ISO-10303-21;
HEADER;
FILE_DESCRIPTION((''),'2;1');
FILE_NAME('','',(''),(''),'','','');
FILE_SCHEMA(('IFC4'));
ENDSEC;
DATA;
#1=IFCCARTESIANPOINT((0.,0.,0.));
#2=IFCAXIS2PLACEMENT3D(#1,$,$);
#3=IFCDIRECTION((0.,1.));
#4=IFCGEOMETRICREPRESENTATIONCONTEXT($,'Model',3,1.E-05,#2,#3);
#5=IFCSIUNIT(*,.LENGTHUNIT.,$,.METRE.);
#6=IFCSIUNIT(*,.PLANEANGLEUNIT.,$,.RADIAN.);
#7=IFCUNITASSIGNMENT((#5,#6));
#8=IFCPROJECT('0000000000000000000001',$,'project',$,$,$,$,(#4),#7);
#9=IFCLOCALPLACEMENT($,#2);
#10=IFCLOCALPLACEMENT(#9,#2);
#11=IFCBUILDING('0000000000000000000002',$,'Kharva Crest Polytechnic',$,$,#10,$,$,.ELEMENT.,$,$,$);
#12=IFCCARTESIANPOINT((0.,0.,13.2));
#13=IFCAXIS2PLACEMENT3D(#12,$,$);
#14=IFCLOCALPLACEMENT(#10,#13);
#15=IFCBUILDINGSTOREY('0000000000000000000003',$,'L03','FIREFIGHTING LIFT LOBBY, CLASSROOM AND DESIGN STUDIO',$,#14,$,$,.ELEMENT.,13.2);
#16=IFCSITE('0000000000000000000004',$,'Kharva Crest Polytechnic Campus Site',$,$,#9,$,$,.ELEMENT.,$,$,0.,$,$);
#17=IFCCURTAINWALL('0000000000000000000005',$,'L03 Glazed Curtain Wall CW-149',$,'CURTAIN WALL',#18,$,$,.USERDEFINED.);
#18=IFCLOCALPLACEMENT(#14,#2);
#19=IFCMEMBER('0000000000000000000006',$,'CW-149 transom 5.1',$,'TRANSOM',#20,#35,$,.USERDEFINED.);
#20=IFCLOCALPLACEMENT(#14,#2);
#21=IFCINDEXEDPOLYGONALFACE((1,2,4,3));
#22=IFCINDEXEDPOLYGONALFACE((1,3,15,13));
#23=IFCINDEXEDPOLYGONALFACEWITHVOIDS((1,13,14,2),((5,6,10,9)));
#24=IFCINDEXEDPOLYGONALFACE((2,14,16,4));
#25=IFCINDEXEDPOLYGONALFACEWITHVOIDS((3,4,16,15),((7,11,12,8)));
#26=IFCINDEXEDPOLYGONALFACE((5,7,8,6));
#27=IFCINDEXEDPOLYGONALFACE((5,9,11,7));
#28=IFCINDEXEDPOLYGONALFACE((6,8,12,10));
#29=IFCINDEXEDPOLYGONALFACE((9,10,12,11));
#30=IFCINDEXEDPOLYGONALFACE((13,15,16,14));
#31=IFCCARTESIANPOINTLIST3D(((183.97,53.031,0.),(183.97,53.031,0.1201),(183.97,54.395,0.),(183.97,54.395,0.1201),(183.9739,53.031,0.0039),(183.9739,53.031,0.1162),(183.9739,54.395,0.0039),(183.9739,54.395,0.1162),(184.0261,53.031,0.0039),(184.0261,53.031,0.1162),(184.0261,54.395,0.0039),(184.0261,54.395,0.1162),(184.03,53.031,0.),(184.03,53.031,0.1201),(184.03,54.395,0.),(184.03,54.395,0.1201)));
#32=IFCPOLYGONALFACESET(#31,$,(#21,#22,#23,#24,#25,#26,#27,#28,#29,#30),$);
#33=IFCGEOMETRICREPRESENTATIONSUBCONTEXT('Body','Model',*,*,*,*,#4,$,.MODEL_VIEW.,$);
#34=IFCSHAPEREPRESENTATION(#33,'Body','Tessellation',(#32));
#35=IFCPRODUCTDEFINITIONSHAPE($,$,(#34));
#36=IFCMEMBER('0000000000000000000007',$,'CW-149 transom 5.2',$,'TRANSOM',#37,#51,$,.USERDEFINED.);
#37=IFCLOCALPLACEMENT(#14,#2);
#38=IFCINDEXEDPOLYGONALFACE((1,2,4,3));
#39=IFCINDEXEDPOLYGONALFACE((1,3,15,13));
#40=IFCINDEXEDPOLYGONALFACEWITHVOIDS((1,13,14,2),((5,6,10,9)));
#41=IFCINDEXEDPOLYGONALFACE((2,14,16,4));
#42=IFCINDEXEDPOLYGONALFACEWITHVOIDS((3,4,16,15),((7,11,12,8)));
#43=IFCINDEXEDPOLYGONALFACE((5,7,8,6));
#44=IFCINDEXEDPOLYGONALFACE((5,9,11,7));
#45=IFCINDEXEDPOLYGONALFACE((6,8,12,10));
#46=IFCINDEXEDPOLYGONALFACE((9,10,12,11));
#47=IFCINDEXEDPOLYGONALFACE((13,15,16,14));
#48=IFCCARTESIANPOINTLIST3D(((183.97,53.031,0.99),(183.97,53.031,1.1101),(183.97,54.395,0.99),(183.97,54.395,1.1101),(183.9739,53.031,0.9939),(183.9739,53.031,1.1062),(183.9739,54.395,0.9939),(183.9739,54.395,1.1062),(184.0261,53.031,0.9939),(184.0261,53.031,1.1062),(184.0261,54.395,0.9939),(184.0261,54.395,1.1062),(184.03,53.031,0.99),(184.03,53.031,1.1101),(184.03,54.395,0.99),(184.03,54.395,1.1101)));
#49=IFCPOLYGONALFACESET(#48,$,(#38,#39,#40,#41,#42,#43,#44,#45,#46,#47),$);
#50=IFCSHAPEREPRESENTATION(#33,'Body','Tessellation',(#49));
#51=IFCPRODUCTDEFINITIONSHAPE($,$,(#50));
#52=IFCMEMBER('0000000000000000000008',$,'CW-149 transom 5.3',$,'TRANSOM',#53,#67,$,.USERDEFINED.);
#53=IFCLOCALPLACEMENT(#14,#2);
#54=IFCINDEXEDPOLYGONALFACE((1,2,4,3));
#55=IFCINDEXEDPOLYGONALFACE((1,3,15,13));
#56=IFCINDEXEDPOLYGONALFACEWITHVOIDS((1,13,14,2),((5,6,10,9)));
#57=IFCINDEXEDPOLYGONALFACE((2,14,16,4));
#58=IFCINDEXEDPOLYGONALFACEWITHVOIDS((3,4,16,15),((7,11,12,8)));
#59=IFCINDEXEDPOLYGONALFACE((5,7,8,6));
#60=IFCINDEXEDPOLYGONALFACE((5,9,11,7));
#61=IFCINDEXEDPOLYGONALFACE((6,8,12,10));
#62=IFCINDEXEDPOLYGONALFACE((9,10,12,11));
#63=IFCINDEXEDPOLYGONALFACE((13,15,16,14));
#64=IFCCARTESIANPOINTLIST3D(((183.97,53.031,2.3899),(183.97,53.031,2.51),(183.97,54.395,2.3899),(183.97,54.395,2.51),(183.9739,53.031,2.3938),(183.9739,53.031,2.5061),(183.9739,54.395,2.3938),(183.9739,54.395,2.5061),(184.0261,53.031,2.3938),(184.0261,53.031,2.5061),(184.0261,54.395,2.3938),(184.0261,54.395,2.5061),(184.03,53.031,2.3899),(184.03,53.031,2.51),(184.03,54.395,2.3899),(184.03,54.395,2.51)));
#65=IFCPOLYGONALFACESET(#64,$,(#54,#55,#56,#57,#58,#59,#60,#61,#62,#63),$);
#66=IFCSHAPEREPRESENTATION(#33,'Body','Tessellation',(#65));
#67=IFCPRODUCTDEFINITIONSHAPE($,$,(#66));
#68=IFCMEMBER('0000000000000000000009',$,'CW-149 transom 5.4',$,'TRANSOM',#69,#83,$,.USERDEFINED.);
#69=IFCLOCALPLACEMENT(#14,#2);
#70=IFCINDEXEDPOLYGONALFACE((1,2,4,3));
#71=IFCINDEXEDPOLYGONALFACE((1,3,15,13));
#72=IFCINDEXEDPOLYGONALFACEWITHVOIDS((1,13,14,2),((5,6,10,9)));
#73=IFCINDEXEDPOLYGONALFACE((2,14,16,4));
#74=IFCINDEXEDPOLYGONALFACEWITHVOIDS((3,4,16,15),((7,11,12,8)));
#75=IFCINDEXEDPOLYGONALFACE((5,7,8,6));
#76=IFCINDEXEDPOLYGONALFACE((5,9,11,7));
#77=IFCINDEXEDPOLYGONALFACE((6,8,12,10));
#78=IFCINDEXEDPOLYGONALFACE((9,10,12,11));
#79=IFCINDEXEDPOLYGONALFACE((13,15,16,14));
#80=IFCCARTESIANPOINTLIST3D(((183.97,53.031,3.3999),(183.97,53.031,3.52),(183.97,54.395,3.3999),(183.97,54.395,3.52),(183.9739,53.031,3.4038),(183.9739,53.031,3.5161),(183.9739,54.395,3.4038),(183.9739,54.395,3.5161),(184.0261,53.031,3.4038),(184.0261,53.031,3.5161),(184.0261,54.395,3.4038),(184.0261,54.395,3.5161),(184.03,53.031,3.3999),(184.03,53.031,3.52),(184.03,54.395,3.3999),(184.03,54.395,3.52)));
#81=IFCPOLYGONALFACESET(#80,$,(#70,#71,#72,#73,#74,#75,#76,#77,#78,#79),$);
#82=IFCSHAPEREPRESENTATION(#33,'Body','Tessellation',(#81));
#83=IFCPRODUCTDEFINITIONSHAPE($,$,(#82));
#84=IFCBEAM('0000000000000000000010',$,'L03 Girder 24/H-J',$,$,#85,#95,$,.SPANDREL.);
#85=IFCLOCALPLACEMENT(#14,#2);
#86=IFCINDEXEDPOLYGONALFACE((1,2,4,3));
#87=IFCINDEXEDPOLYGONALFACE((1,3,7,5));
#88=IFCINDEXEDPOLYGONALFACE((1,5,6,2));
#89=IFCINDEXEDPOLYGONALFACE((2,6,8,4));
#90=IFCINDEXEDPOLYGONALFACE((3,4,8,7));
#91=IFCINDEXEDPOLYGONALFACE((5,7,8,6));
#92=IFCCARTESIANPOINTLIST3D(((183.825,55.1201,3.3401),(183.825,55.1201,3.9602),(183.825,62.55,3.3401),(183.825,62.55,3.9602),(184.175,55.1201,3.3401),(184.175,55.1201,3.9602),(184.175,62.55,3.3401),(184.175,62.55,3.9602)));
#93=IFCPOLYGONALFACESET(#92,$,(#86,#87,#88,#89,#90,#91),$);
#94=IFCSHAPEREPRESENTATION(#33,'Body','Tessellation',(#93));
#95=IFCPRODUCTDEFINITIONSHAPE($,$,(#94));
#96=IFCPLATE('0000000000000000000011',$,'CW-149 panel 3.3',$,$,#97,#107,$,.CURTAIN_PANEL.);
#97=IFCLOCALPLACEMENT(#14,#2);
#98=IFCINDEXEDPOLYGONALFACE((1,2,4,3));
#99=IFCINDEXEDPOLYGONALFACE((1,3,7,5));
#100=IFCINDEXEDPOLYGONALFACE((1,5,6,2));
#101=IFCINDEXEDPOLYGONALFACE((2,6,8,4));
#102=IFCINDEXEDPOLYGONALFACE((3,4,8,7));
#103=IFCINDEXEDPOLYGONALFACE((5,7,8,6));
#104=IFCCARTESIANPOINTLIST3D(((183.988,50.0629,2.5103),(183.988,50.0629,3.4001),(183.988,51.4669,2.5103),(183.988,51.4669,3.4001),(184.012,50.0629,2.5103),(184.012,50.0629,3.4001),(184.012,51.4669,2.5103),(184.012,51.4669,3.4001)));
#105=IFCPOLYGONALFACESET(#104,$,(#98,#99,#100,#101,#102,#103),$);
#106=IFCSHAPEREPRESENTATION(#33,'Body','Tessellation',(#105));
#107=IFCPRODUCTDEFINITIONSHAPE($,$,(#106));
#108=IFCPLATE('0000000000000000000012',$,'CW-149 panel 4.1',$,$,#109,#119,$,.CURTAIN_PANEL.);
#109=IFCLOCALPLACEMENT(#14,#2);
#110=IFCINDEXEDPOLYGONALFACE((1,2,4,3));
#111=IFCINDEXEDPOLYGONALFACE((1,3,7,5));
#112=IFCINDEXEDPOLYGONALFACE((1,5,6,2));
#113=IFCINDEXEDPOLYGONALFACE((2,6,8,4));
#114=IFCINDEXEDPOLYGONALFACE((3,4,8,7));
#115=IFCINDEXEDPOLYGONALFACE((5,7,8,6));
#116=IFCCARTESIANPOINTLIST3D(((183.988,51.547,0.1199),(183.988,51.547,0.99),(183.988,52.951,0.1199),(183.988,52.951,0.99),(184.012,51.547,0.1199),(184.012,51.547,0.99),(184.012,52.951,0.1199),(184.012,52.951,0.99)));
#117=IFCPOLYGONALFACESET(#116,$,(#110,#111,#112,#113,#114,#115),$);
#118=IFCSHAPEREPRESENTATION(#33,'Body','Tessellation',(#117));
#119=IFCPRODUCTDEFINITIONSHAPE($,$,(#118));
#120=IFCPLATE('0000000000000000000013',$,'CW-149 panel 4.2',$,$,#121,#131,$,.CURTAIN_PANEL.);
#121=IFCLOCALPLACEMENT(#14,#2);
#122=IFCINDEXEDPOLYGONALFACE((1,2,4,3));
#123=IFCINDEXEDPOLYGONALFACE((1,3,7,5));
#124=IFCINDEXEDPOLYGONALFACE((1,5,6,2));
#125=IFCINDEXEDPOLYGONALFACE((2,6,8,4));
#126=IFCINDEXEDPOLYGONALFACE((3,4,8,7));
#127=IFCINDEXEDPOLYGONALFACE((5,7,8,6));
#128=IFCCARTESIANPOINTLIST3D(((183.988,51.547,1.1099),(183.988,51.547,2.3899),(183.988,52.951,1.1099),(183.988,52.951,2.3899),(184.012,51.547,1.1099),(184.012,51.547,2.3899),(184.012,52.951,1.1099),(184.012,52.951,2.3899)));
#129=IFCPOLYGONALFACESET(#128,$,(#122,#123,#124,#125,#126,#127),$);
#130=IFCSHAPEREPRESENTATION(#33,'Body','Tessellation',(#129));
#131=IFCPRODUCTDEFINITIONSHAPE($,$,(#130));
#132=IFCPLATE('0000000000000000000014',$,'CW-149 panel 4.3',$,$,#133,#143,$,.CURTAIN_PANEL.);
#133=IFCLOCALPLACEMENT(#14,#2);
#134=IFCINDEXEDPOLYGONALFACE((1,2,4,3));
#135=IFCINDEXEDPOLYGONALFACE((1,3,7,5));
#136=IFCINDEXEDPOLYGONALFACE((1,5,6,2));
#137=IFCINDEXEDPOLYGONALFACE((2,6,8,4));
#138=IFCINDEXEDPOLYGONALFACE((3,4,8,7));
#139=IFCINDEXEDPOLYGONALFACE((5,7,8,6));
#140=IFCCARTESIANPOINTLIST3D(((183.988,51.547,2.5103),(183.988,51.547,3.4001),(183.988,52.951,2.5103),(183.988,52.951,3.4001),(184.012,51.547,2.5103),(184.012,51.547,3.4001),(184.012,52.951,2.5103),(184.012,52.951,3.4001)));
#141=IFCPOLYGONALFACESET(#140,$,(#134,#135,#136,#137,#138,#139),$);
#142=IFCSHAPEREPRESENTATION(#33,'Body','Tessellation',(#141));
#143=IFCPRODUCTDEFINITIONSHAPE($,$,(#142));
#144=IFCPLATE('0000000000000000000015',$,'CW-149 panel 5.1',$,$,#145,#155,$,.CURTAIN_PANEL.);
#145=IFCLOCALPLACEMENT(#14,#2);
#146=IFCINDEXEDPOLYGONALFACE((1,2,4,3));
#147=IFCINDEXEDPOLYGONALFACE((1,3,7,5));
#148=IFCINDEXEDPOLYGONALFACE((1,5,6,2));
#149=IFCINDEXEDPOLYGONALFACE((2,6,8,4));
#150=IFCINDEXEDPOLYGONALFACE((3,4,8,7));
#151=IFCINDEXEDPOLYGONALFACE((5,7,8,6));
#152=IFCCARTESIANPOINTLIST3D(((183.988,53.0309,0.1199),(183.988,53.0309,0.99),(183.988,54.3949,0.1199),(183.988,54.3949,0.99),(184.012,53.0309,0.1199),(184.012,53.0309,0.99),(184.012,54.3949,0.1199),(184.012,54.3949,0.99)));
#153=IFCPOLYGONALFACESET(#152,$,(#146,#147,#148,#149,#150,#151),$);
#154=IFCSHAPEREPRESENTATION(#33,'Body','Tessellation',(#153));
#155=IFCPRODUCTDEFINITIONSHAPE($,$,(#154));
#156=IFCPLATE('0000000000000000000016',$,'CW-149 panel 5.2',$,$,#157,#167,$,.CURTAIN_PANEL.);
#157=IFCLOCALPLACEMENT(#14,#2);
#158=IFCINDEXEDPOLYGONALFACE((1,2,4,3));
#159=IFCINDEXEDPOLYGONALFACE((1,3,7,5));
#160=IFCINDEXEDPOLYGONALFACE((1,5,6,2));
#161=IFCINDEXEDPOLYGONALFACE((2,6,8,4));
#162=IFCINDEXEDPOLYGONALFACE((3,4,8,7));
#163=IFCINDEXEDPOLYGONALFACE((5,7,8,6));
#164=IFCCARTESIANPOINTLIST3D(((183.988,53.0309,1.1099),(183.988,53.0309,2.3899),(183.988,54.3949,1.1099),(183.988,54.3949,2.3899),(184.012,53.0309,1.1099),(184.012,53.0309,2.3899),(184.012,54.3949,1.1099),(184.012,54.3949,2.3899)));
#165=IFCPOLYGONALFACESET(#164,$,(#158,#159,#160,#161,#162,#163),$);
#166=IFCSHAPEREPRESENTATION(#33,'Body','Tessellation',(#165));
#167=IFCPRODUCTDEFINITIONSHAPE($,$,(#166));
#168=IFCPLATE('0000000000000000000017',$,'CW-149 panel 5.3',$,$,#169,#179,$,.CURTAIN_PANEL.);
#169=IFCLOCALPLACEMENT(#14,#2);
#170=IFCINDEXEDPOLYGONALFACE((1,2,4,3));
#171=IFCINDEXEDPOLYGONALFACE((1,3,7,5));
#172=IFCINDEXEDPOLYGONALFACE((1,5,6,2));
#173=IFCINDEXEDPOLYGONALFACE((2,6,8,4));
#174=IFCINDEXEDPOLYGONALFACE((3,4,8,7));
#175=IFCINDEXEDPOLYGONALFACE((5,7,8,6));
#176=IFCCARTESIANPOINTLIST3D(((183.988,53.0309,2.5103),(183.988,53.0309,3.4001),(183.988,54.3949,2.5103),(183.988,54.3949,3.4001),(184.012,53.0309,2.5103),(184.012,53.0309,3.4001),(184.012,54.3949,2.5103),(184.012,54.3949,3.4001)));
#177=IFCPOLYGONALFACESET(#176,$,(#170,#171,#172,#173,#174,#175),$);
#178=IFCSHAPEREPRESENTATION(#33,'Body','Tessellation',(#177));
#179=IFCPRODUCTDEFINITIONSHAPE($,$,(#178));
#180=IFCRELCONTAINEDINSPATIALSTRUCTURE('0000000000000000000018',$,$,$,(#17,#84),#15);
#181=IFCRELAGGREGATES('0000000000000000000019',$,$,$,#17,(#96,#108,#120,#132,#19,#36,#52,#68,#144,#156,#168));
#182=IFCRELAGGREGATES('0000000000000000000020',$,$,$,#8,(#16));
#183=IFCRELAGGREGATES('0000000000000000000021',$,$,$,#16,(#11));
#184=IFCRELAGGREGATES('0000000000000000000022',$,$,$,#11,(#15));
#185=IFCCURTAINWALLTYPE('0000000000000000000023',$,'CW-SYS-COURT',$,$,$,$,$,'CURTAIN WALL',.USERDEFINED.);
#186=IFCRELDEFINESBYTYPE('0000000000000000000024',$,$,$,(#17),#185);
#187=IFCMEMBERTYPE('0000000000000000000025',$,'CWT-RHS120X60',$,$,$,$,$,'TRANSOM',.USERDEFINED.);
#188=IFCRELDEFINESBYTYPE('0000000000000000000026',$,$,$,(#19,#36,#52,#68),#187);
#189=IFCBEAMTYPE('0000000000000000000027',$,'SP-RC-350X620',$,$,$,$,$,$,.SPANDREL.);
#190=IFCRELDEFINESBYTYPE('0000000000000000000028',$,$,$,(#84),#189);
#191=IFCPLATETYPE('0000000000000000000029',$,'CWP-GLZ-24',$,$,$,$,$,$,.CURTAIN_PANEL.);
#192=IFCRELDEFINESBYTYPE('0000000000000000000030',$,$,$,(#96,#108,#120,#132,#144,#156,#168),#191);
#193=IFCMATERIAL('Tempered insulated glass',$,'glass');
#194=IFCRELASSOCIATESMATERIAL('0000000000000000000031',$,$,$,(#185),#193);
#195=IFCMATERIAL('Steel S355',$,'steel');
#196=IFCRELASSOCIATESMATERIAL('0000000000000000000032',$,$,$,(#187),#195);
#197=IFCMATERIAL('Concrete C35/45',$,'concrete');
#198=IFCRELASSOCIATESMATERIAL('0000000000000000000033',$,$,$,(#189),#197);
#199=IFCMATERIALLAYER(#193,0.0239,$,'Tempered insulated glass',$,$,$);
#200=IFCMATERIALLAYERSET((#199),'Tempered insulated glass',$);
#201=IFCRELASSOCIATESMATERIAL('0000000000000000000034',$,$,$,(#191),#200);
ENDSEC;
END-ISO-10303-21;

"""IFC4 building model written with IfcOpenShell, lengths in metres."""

from ifc_helpers import new_model, si_unit, direction, frame, origin, origin_2d, place, context, subcontext, project, spatial, rectangle, hollow_rectangle, extrude, material, layer, layer_set, material_profile, profile_set, type_object, element, aggregate, save


model = new_model("IFC4")

# Units and contexts
model_context = context("Model", 3, precision=1e-05, world=origin(), true_north=direction((0.0, 1.0)))
body_context = subcontext(model_context, "Body", "Model", "MODEL_VIEW")
ifc_project = project(units=[si_unit("LENGTHUNIT", "METRE"), si_unit("PLANEANGLEUNIT", "RADIAN")], contexts=[model_context])

# Site, building, storey
site_placement = place(None, origin())
site = spatial("IfcSite", under=ifc_project, at=site_placement, Name="Kharva Crest Polytechnic Campus Site", CompositionType="ELEMENT", RefElevation=0.0)
building_placement = place(site_placement, origin())
building = spatial("IfcBuilding", under=site, at=building_placement, Name="Kharva Crest Polytechnic", CompositionType="ELEMENT")
storey_placement = place(building_placement, frame((0.0, 0.0, 13.2)))
storey = spatial("IfcBuildingStorey", under=building, at=storey_placement, Name="L03", Description="FIREFIGHTING LIFT LOBBY, CLASSROOM AND DESIGN STUDIO", CompositionType="ELEMENT", Elevation=13.2)

# Curtain wall, members
ifc_material_1 = material(Name="Tempered insulated glass", Category="glass")
curtain_wall_type = type_object("IfcCurtainWallType", Name="CW-SYS-COURT", ElementType="CURTAIN WALL", PredefinedType="USERDEFINED", material=ifc_material_1)
curtain_wall_placement = place(storey_placement, origin())
curtain_wall = element("IfcCurtainWall", 1, at=curtain_wall_placement, inside=storey, type_object=curtain_wall_type, Name="L03 Glazed Curtain Wall CW-149", ObjectType="CURTAIN WALL", PredefinedType="USERDEFINED")
ifc_material_2 = material(Name="Steel S355", Category="steel")
ifc_material_profile_1 = material_profile(ifc_material_2, hollow_rectangle(XDim=0.0601, YDim=0.1201, WallThickness=0.0039, at=origin_2d()), Name="RHS 120X60X4.0")
ifc_profile_set_1 = profile_set([ifc_material_profile_1], Name="Steel S355")
member_type_1 = type_object("IfcMemberType", Name="CWT-RHS120X60", ElementType="TRANSOM", PredefinedType="USERDEFINED", material=ifc_profile_set_1)
member_1_placement = place(storey_placement, frame((184.0, 53.031, 0.0601), z_axis=(0.0, 1.0, 0.0), x_axis=(-1.0, 0.0, 0.0)))
member_1 = element("IfcMember", 2, at=member_1_placement, type_object=member_type_1, Name="CW-149 transom 5.1", ObjectType="TRANSOM", PredefinedType="USERDEFINED", context=body_context, shape_type="SweptSolid", body=[
    extrude(hollow_rectangle(XDim=0.0601, YDim=0.1201, WallThickness=0.0039, at=origin_2d()), origin(), (0.0, 0.0, 1.0), 1.364),
])
member_2_placement = place(storey_placement, frame((184.0, 53.031, 1.05), z_axis=(0.0, 1.0, 0.0), x_axis=(-1.0, 0.0, 0.0)))
member_2 = element("IfcMember", 3, at=member_2_placement, type_object=member_type_1, Name="CW-149 transom 5.2", ObjectType="TRANSOM", PredefinedType="USERDEFINED", context=body_context, shape_type="SweptSolid", body=[
    extrude(hollow_rectangle(XDim=0.0601, YDim=0.1201, WallThickness=0.0039, at=origin_2d()), origin(), (0.0, 0.0, 1.0), 1.364),
])
member_3_placement = place(storey_placement, frame((184.0, 53.031, 2.45), z_axis=(0.0, 1.0, 0.0), x_axis=(-1.0, 0.0, 0.0)))
member_3 = element("IfcMember", 4, at=member_3_placement, type_object=member_type_1, Name="CW-149 transom 5.3", ObjectType="TRANSOM", PredefinedType="USERDEFINED", context=body_context, shape_type="SweptSolid", body=[
    extrude(hollow_rectangle(XDim=0.0601, YDim=0.1201, WallThickness=0.0039, at=origin_2d()), origin(), (0.0, 0.0, 1.0), 1.364),
])
member_4_placement = place(storey_placement, frame((184.0, 53.031, 3.46), z_axis=(0.0, 1.0, 0.0), x_axis=(-1.0, 0.0, 0.0)))
member_4 = element("IfcMember", 5, at=member_4_placement, type_object=member_type_1, Name="CW-149 transom 5.4", ObjectType="TRANSOM", PredefinedType="USERDEFINED", context=body_context, shape_type="SweptSolid", body=[
    extrude(hollow_rectangle(XDim=0.0601, YDim=0.1201, WallThickness=0.0039, at=origin_2d()), origin(), (0.0, 0.0, 1.0), 1.364),
])

# Beam
ifc_material_3 = material(Name="Concrete C35/45", Category="concrete")
ifc_material_profile_2 = material_profile(ifc_material_3, rectangle(XDim=0.3501, YDim=0.6201, at=origin_2d()), Name="RECT 350 X 620")
ifc_profile_set_2 = profile_set([ifc_material_profile_2], Name="Concrete C35/45")
beam_type = type_object("IfcBeamType", Name="SP-RC-350X620", PredefinedType="SPANDREL", material=ifc_profile_set_2)
beam_placement = place(storey_placement, frame((184.0, 55.1201, 3.6501), z_axis=(0.0, 1.0, 0.0), x_axis=(-1.0, 0.0, 0.0)))
element("IfcBeam", 6, at=beam_placement, inside=storey, type_object=beam_type, Name="L03 Girder 24/H-J", PredefinedType="SPANDREL", context=body_context, shape_type="SweptSolid", body=[
    extrude(rectangle(XDim=0.3501, YDim=0.6201, at=origin_2d()), origin(), (0.0, 0.0, 1.0), 7.4299),
])

# Plates
ifc_layer_1 = layer(ifc_material_1, 0.0239, Name="Tempered insulated glass")
ifc_layer_set_1 = layer_set([ifc_layer_1], Name="Tempered insulated glass")
plate_type = type_object("IfcPlateType", Name="CWP-GLZ-24", PredefinedType="CURTAIN_PANEL", material=ifc_layer_set_1)
plate_1_placement = place(storey_placement, frame((184.0, 50.7649, 2.5103), z_axis=(0.0, 0.0, 1.0), x_axis=(0.0, 1.0, 0.0)))
plate_1 = element("IfcPlate", 7, at=plate_1_placement, type_object=plate_type, Name="CW-149 panel 3.3", PredefinedType="CURTAIN_PANEL", context=body_context, shape_type="SweptSolid", body=[
    extrude(rectangle(XDim=1.4041, YDim=0.0239, at=origin_2d()), origin(), (0.0, 0.0, 1.0), 0.8899),
])
plate_2_placement = place(storey_placement, frame((184.0, 52.249, 0.1199), z_axis=(0.0, 0.0, 1.0), x_axis=(0.0, 1.0, 0.0)))
plate_2 = element("IfcPlate", 8, at=plate_2_placement, type_object=plate_type, Name="CW-149 panel 4.1", PredefinedType="CURTAIN_PANEL", context=body_context, shape_type="SweptSolid", body=[
    extrude(rectangle(XDim=1.4041, YDim=0.0239, at=origin_2d()), origin(), (0.0, 0.0, 1.0), 0.8701),
])
plate_3_placement = place(storey_placement, frame((184.0, 52.249, 1.1099), z_axis=(0.0, 0.0, 1.0), x_axis=(0.0, 1.0, 0.0)))
plate_3 = element("IfcPlate", 9, at=plate_3_placement, type_object=plate_type, Name="CW-149 panel 4.2", PredefinedType="CURTAIN_PANEL", context=body_context, shape_type="SweptSolid", body=[
    extrude(rectangle(XDim=1.4041, YDim=0.0239, at=origin_2d()), origin(), (0.0, 0.0, 1.0), 1.28),
])
plate_4_placement = place(storey_placement, frame((184.0, 52.249, 2.5103), z_axis=(0.0, 0.0, 1.0), x_axis=(0.0, 1.0, 0.0)))
plate_4 = element("IfcPlate", 10, at=plate_4_placement, type_object=plate_type, Name="CW-149 panel 4.3", PredefinedType="CURTAIN_PANEL", context=body_context, shape_type="SweptSolid", body=[
    extrude(rectangle(XDim=1.4041, YDim=0.0239, at=origin_2d()), origin(), (0.0, 0.0, 1.0), 0.8899),
])
plate_5_placement = place(storey_placement, frame((184.0, 53.7129, 0.1199), z_axis=(0.0, 0.0, 1.0), x_axis=(0.0, 1.0, 0.0)))
plate_5 = element("IfcPlate", 11, at=plate_5_placement, type_object=plate_type, Name="CW-149 panel 5.1", PredefinedType="CURTAIN_PANEL", context=body_context, shape_type="SweptSolid", body=[
    extrude(rectangle(XDim=1.364, YDim=0.0239, at=origin_2d()), origin(), (0.0, 0.0, 1.0), 0.8701),
])
plate_6_placement = place(storey_placement, frame((184.0, 53.7129, 1.1099), z_axis=(0.0, 0.0, 1.0), x_axis=(0.0, 1.0, 0.0)))
plate_6 = element("IfcPlate", 12, at=plate_6_placement, type_object=plate_type, Name="CW-149 panel 5.2", PredefinedType="CURTAIN_PANEL", context=body_context, shape_type="SweptSolid", body=[
    extrude(rectangle(XDim=1.364, YDim=0.0239, at=origin_2d()), origin(), (0.0, 0.0, 1.0), 1.28),
])
plate_7_placement = place(storey_placement, frame((184.0, 53.7129, 2.5103), z_axis=(0.0, 0.0, 1.0), x_axis=(0.0, 1.0, 0.0)))
plate_7 = element("IfcPlate", 13, at=plate_7_placement, type_object=plate_type, Name="CW-149 panel 5.3", PredefinedType="CURTAIN_PANEL", context=body_context, shape_type="SweptSolid", body=[
    extrude(rectangle(XDim=1.364, YDim=0.0239, at=origin_2d()), origin(), (0.0, 0.0, 1.0), 0.8899),
])
aggregate(curtain_wall, [plate_1, plate_2, plate_3, plate_4, member_1, member_2, member_3, member_4, plate_5, plate_6, plate_7])

save(model, "model.ifc")
